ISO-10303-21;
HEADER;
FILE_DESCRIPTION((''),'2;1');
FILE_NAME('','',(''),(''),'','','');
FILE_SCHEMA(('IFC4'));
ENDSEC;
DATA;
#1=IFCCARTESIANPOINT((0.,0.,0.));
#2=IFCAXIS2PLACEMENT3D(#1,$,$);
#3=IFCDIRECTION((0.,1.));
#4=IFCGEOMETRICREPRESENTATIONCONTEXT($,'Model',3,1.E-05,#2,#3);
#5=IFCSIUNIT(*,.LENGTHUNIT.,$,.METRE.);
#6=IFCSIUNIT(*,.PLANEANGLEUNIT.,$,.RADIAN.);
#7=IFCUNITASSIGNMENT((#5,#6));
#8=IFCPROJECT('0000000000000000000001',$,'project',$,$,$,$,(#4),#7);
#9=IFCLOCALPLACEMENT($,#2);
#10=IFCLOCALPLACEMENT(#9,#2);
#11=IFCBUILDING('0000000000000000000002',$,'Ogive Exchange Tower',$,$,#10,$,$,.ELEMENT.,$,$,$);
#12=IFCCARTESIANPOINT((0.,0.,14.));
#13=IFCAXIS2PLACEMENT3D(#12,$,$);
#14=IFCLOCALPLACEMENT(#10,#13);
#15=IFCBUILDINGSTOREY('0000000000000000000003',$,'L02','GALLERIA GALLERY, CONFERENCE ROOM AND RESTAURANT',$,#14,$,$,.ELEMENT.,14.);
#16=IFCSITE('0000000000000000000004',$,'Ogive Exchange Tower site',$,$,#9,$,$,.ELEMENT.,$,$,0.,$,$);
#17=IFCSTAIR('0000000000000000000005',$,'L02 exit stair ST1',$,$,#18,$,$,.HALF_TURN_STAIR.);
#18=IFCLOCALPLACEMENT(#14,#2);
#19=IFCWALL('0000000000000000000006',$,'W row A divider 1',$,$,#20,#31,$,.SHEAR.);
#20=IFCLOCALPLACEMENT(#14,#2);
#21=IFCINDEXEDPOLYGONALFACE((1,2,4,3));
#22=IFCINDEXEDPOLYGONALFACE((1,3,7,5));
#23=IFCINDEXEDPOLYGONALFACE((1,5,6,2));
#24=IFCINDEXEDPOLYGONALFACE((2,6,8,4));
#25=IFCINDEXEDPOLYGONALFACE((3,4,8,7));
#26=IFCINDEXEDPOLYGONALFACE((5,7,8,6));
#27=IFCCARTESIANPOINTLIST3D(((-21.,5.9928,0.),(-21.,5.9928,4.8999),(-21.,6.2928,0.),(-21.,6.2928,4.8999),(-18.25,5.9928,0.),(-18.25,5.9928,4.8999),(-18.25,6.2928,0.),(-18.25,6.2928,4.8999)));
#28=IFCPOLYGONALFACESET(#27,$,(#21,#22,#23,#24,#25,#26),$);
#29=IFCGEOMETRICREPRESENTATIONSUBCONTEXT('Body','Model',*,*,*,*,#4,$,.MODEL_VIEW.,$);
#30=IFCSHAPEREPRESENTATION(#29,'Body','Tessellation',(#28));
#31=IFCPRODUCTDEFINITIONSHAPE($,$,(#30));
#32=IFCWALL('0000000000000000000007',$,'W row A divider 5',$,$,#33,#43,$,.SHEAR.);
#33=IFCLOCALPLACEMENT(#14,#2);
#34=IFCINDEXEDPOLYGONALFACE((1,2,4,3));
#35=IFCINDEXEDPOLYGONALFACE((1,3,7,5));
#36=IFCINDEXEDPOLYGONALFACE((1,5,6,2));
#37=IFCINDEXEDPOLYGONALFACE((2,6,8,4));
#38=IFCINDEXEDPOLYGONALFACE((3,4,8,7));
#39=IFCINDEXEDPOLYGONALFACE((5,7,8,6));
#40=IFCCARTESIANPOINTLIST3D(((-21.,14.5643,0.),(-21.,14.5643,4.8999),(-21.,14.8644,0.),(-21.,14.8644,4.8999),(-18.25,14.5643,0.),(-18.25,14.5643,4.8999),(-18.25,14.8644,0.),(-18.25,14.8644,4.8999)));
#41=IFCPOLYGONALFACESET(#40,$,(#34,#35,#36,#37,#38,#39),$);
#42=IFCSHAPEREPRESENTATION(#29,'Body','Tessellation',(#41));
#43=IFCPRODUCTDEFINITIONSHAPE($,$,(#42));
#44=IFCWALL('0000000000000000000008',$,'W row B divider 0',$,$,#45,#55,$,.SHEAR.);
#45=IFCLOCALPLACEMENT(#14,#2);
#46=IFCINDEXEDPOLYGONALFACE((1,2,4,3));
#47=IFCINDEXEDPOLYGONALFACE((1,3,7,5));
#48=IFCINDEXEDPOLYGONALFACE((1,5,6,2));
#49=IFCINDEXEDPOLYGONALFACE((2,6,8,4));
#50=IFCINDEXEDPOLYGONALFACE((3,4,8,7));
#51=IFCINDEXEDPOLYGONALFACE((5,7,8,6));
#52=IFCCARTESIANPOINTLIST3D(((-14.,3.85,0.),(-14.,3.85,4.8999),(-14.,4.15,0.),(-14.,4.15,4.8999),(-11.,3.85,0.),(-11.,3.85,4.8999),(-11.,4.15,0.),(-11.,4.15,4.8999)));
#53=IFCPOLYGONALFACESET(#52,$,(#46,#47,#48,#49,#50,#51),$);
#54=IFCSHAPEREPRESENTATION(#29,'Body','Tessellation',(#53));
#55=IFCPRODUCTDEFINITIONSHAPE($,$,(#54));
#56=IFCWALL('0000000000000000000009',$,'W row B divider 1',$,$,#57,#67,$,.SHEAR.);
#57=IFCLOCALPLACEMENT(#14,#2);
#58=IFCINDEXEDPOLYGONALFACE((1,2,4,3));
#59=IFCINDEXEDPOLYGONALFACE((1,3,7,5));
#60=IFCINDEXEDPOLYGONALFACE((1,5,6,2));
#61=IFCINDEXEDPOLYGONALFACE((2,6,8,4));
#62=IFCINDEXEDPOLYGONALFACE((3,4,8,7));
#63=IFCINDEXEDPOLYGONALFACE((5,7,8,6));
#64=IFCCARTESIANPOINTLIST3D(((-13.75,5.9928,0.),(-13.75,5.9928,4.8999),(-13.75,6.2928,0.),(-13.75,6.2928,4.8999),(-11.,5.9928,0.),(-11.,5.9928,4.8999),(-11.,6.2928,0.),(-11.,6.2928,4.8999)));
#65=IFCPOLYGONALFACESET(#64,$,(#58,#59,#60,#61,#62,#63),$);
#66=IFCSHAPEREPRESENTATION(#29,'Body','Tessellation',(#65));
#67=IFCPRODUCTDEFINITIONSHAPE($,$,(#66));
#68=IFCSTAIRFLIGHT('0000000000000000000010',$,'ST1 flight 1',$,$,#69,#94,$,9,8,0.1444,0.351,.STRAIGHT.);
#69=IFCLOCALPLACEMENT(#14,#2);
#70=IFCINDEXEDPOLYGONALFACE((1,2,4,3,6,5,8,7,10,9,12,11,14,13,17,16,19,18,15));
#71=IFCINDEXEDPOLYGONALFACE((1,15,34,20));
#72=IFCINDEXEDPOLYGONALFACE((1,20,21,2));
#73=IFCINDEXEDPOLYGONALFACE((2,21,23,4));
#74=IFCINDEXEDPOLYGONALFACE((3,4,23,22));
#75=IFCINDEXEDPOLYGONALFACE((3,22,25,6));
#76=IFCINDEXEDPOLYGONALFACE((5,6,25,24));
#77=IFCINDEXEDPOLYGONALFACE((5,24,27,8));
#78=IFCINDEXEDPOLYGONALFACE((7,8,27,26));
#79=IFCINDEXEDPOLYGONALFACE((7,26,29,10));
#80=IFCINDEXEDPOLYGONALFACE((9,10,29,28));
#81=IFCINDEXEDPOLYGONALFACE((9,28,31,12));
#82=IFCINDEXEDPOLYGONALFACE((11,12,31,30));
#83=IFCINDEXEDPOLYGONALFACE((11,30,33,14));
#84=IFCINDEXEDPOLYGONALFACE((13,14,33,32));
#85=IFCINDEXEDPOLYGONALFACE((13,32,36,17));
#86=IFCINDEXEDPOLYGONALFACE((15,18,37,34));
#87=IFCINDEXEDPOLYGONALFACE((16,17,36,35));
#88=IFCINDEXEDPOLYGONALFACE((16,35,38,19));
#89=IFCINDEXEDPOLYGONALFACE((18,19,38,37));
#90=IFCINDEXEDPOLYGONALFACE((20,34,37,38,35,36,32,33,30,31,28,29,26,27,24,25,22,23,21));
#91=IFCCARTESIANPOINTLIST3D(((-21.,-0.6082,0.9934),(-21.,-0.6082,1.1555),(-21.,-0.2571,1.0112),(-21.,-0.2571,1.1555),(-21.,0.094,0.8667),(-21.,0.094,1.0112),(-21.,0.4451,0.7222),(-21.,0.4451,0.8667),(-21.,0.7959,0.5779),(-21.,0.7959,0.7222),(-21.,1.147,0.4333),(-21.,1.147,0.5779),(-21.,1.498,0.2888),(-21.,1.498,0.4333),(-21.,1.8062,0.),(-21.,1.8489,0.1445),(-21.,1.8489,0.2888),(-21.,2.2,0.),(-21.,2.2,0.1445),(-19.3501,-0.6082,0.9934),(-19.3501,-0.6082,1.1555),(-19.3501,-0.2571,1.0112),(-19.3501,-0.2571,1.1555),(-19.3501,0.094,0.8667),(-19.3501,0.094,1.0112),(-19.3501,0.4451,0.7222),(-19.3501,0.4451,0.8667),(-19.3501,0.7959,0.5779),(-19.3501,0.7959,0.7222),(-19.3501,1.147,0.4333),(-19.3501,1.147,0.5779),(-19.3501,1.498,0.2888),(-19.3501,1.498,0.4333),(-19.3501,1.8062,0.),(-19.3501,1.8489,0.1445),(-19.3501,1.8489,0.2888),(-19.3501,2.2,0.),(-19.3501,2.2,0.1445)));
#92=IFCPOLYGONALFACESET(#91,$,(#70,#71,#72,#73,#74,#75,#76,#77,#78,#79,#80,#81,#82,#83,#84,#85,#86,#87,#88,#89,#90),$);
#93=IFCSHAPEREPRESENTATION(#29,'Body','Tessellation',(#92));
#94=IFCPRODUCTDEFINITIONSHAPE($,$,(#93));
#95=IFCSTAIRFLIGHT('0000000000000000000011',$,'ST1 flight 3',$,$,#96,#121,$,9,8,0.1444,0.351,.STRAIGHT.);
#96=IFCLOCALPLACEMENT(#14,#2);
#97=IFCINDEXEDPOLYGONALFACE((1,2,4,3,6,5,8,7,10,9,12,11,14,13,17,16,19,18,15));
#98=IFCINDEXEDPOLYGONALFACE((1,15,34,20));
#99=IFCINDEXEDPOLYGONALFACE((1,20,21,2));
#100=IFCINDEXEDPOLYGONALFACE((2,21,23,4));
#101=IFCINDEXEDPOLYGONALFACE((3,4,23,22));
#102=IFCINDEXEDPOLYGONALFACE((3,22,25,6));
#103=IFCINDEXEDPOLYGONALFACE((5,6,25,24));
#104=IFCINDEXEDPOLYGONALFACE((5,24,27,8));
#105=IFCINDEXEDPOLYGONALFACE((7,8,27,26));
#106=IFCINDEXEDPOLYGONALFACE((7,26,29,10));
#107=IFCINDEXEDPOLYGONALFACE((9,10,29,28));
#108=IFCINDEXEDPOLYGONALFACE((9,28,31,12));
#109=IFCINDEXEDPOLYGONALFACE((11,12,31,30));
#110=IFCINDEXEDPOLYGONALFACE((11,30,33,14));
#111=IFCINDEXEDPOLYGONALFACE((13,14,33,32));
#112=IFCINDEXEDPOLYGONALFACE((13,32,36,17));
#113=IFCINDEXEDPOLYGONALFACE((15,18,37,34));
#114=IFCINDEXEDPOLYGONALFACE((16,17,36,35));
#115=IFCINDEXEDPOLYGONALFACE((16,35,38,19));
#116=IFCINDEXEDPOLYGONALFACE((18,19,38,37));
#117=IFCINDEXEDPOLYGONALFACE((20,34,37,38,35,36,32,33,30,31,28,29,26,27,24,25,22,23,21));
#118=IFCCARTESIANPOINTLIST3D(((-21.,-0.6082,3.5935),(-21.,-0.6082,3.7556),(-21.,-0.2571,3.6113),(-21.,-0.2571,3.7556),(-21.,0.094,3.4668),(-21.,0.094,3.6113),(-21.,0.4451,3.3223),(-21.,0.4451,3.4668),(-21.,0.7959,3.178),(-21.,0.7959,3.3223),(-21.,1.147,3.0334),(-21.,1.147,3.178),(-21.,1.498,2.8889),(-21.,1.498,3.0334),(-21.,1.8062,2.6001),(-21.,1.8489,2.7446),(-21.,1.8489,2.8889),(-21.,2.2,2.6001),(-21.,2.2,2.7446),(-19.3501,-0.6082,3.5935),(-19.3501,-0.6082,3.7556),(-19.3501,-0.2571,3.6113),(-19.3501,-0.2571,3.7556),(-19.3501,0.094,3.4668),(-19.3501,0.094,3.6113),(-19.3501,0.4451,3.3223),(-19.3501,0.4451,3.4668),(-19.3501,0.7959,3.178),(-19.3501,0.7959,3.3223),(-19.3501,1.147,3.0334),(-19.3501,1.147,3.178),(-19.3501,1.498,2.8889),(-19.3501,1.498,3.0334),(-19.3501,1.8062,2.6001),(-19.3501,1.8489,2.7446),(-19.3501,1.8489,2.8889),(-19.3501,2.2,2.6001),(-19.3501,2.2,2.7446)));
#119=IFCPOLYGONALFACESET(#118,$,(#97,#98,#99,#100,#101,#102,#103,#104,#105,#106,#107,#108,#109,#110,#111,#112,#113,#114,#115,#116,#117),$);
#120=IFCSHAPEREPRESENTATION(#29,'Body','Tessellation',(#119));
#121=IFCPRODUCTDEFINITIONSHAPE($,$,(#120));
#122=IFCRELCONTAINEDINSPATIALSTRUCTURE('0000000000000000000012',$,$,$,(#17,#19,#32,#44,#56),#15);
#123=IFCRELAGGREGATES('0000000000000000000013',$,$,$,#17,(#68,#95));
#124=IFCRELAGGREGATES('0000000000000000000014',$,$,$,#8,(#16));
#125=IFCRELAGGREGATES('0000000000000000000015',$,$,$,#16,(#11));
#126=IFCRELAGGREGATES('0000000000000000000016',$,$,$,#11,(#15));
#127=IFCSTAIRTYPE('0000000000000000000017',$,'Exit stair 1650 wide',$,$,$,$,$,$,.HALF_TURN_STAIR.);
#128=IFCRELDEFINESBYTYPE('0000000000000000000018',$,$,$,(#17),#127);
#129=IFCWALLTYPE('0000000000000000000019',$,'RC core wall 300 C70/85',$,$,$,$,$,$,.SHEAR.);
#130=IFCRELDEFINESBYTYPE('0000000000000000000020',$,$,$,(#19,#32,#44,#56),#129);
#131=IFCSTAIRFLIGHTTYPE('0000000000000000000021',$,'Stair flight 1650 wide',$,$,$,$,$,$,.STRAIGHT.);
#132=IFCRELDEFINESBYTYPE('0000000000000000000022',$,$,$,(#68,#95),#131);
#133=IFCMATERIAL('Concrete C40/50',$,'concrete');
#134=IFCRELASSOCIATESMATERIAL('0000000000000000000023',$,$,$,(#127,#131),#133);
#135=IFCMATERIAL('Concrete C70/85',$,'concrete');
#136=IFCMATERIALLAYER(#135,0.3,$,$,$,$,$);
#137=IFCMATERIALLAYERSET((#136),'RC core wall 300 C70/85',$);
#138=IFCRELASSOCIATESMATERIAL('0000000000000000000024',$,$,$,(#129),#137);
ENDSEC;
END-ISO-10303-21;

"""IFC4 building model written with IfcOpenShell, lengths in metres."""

from ifc_helpers import new_model, si_unit, direction, frame, frame_2d, origin, place, context, subcontext, project, spatial, polyline, rectangle, outline, extrude, material, layer, layer_set, type_object, element, aggregate, save


model = new_model("IFC4")

# Units and contexts
model_context = context("Model", 3, precision=1e-05, world=origin(), true_north=direction((0.0, 1.0)))
body_context = subcontext(model_context, "Body", "Model", "MODEL_VIEW")
ifc_project = project(units=[si_unit("LENGTHUNIT", "METRE"), si_unit("PLANEANGLEUNIT", "RADIAN")], contexts=[model_context])

# Site, building, storey
site_placement = place(None, origin())
site = spatial("IfcSite", under=ifc_project, at=site_placement, Name="Ogive Exchange Tower site", CompositionType="ELEMENT", RefElevation=0.0)
building_placement = place(site_placement, origin())
building = spatial("IfcBuilding", under=site, at=building_placement, Name="Ogive Exchange Tower", CompositionType="ELEMENT")
storey_placement = place(building_placement, frame((0.0, 0.0, 14.0)))
storey = spatial("IfcBuildingStorey", under=building, at=storey_placement, Name="L02", Description="GALLERIA GALLERY, CONFERENCE ROOM AND RESTAURANT", CompositionType="ELEMENT", Elevation=14.0)

# Stair
ifc_material_1 = material(Name="Concrete C40/50", Category="concrete")
stair_type = type_object("IfcStairType", Name="Exit stair 1650 wide", PredefinedType="HALF_TURN_STAIR", material=ifc_material_1)
stair_placement = place(storey_placement, origin())
stair = element("IfcStair", 1, at=stair_placement, inside=storey, type_object=stair_type, Name="L02 exit stair ST1", PredefinedType="HALF_TURN_STAIR")

# Shared definitions
ifc_material_2 = material(Name="Concrete C70/85", Category="concrete")

# Walls
ifc_layer_1 = layer(ifc_material_2, 0.3)
ifc_layer_set_1 = layer_set([ifc_layer_1], Name="RC core wall 300 C70/85")
wall_type_1 = type_object("IfcWallType", Name="RC core wall 300 C70/85", PredefinedType="SHEAR", material=ifc_layer_set_1)
for number, where, z_axis, x_axis, name in (
    (2, (-21.0, 6.1428, 0.0), (0.0, 0.0, 1.0), (1.0, 0.0, 0.0), "W row A divider 1"),
    (3, (-21.0, 14.7144, 0.0), (0.0, 0.0, 1.0), (1.0, 0.0, 0.0), "W row A divider 5"),
):
    element("IfcWall", number, at=place(storey_placement, frame(where, z_axis=z_axis, x_axis=x_axis)), inside=storey, type_object=wall_type_1, Name=name, PredefinedType="SHEAR", context=body_context, shape_type="SweptSolid", body=[
        extrude(rectangle(XDim=2.75, YDim=0.3, at=frame_2d((1.375, 0.0))), origin(), (0.0, 0.0, 1.0), 4.8999),
    ])
wall_1_placement = place(storey_placement, frame((-14.0, 4.0, 0.0), z_axis=(0.0, 0.0, 1.0), x_axis=(1.0, 0.0, 0.0)))
element("IfcWall", 4, at=wall_1_placement, inside=storey, type_object=wall_type_1, Name="W row B divider 0", PredefinedType="SHEAR", context=body_context, shape_type="SweptSolid", body=[
    extrude(rectangle(XDim=3.0, YDim=0.3, at=frame_2d((1.5, 0.0))), origin(), (0.0, 0.0, 1.0), 4.8999),
])
wall_2_placement = place(storey_placement, frame((-13.75, 6.1428, 0.0), z_axis=(0.0, 0.0, 1.0), x_axis=(1.0, 0.0, 0.0)))
element("IfcWall", 5, at=wall_2_placement, inside=storey, type_object=wall_type_1, Name="W row B divider 1", PredefinedType="SHEAR", context=body_context, shape_type="SweptSolid", body=[
    extrude(rectangle(XDim=2.75, YDim=0.3, at=frame_2d((1.375, 0.0))), origin(), (0.0, 0.0, 1.0), 4.8999),
])

# Stair flights
stair_flight_type = type_object("IfcStairFlightType", Name="Stair flight 1650 wide", PredefinedType="STRAIGHT", material=ifc_material_1)
stair_flight_1_placement = place(storey_placement, frame((-20.175, 2.2, 0.0), z_axis=(0.0, 0.0, 1.0), x_axis=(0.0, -1.0, 0.0)))
stair_flight_1 = element("IfcStairFlight", 6, at=stair_flight_1_placement, type_object=stair_flight_type, Name="ST1 flight 1", NumberOfRisers=9, NumberOfTreads=8, PredefinedType="STRAIGHT", RiserHeight=0.1444, TreadLength=0.351, context=body_context, shape_type="SweptSolid", body=[
    extrude(outline(polyline([(0.0, 0.0), (0.0, 0.1445), (0.3511, 0.1445), (0.3511, 0.2888), (0.7019, 0.2888), (0.7019, 0.4333), (1.053, 0.4333), (1.053, 0.5779), (1.4041, 0.5779), (1.4041, 0.7222), (1.7549, 0.7222), (1.7549, 0.8667), (2.106, 0.8667), (2.106, 1.0112), (2.457, 1.0112), (2.457, 1.1555), (2.8081, 1.1555), (2.8081, 1.3), (2.8081, 0.9934), (0.3938, 0.0), (0.0, 0.0)])), frame((0.0, 0.825, 0.0), z_axis=(0.0, -1.0, 0.0), x_axis=(1.0, 0.0, 0.0)), (0.0, 0.0, 1.0), 1.6499),
])
stair_flight_2_placement = place(storey_placement, frame((-20.175, 2.2, 2.6001), z_axis=(0.0, 0.0, 1.0), x_axis=(0.0, -1.0, 0.0)))
stair_flight_2 = element("IfcStairFlight", 7, at=stair_flight_2_placement, type_object=stair_flight_type, Name="ST1 flight 3", NumberOfRisers=9, NumberOfTreads=8, PredefinedType="STRAIGHT", RiserHeight=0.1444, TreadLength=0.351, context=body_context, shape_type="SweptSolid", body=[
    extrude(outline(polyline([(0.0, 0.0), (0.0, 0.1445), (0.3511, 0.1445), (0.3511, 0.2888), (0.7019, 0.2888), (0.7019, 0.4333), (1.053, 0.4333), (1.053, 0.5779), (1.4041, 0.5779), (1.4041, 0.7222), (1.7549, 0.7222), (1.7549, 0.8667), (2.106, 0.8667), (2.106, 1.0112), (2.457, 1.0112), (2.457, 1.1555), (2.8081, 1.1555), (2.8081, 1.3), (2.8081, 0.9934), (0.3938, 0.0), (0.0, 0.0)])), frame((0.0, 0.825, 0.0), z_axis=(0.0, -1.0, 0.0), x_axis=(1.0, 0.0, 0.0)), (0.0, 0.0, 1.0), 1.6499),
])
aggregate(stair, [stair_flight_1, stair_flight_2])

save(model, "model.ifc")
